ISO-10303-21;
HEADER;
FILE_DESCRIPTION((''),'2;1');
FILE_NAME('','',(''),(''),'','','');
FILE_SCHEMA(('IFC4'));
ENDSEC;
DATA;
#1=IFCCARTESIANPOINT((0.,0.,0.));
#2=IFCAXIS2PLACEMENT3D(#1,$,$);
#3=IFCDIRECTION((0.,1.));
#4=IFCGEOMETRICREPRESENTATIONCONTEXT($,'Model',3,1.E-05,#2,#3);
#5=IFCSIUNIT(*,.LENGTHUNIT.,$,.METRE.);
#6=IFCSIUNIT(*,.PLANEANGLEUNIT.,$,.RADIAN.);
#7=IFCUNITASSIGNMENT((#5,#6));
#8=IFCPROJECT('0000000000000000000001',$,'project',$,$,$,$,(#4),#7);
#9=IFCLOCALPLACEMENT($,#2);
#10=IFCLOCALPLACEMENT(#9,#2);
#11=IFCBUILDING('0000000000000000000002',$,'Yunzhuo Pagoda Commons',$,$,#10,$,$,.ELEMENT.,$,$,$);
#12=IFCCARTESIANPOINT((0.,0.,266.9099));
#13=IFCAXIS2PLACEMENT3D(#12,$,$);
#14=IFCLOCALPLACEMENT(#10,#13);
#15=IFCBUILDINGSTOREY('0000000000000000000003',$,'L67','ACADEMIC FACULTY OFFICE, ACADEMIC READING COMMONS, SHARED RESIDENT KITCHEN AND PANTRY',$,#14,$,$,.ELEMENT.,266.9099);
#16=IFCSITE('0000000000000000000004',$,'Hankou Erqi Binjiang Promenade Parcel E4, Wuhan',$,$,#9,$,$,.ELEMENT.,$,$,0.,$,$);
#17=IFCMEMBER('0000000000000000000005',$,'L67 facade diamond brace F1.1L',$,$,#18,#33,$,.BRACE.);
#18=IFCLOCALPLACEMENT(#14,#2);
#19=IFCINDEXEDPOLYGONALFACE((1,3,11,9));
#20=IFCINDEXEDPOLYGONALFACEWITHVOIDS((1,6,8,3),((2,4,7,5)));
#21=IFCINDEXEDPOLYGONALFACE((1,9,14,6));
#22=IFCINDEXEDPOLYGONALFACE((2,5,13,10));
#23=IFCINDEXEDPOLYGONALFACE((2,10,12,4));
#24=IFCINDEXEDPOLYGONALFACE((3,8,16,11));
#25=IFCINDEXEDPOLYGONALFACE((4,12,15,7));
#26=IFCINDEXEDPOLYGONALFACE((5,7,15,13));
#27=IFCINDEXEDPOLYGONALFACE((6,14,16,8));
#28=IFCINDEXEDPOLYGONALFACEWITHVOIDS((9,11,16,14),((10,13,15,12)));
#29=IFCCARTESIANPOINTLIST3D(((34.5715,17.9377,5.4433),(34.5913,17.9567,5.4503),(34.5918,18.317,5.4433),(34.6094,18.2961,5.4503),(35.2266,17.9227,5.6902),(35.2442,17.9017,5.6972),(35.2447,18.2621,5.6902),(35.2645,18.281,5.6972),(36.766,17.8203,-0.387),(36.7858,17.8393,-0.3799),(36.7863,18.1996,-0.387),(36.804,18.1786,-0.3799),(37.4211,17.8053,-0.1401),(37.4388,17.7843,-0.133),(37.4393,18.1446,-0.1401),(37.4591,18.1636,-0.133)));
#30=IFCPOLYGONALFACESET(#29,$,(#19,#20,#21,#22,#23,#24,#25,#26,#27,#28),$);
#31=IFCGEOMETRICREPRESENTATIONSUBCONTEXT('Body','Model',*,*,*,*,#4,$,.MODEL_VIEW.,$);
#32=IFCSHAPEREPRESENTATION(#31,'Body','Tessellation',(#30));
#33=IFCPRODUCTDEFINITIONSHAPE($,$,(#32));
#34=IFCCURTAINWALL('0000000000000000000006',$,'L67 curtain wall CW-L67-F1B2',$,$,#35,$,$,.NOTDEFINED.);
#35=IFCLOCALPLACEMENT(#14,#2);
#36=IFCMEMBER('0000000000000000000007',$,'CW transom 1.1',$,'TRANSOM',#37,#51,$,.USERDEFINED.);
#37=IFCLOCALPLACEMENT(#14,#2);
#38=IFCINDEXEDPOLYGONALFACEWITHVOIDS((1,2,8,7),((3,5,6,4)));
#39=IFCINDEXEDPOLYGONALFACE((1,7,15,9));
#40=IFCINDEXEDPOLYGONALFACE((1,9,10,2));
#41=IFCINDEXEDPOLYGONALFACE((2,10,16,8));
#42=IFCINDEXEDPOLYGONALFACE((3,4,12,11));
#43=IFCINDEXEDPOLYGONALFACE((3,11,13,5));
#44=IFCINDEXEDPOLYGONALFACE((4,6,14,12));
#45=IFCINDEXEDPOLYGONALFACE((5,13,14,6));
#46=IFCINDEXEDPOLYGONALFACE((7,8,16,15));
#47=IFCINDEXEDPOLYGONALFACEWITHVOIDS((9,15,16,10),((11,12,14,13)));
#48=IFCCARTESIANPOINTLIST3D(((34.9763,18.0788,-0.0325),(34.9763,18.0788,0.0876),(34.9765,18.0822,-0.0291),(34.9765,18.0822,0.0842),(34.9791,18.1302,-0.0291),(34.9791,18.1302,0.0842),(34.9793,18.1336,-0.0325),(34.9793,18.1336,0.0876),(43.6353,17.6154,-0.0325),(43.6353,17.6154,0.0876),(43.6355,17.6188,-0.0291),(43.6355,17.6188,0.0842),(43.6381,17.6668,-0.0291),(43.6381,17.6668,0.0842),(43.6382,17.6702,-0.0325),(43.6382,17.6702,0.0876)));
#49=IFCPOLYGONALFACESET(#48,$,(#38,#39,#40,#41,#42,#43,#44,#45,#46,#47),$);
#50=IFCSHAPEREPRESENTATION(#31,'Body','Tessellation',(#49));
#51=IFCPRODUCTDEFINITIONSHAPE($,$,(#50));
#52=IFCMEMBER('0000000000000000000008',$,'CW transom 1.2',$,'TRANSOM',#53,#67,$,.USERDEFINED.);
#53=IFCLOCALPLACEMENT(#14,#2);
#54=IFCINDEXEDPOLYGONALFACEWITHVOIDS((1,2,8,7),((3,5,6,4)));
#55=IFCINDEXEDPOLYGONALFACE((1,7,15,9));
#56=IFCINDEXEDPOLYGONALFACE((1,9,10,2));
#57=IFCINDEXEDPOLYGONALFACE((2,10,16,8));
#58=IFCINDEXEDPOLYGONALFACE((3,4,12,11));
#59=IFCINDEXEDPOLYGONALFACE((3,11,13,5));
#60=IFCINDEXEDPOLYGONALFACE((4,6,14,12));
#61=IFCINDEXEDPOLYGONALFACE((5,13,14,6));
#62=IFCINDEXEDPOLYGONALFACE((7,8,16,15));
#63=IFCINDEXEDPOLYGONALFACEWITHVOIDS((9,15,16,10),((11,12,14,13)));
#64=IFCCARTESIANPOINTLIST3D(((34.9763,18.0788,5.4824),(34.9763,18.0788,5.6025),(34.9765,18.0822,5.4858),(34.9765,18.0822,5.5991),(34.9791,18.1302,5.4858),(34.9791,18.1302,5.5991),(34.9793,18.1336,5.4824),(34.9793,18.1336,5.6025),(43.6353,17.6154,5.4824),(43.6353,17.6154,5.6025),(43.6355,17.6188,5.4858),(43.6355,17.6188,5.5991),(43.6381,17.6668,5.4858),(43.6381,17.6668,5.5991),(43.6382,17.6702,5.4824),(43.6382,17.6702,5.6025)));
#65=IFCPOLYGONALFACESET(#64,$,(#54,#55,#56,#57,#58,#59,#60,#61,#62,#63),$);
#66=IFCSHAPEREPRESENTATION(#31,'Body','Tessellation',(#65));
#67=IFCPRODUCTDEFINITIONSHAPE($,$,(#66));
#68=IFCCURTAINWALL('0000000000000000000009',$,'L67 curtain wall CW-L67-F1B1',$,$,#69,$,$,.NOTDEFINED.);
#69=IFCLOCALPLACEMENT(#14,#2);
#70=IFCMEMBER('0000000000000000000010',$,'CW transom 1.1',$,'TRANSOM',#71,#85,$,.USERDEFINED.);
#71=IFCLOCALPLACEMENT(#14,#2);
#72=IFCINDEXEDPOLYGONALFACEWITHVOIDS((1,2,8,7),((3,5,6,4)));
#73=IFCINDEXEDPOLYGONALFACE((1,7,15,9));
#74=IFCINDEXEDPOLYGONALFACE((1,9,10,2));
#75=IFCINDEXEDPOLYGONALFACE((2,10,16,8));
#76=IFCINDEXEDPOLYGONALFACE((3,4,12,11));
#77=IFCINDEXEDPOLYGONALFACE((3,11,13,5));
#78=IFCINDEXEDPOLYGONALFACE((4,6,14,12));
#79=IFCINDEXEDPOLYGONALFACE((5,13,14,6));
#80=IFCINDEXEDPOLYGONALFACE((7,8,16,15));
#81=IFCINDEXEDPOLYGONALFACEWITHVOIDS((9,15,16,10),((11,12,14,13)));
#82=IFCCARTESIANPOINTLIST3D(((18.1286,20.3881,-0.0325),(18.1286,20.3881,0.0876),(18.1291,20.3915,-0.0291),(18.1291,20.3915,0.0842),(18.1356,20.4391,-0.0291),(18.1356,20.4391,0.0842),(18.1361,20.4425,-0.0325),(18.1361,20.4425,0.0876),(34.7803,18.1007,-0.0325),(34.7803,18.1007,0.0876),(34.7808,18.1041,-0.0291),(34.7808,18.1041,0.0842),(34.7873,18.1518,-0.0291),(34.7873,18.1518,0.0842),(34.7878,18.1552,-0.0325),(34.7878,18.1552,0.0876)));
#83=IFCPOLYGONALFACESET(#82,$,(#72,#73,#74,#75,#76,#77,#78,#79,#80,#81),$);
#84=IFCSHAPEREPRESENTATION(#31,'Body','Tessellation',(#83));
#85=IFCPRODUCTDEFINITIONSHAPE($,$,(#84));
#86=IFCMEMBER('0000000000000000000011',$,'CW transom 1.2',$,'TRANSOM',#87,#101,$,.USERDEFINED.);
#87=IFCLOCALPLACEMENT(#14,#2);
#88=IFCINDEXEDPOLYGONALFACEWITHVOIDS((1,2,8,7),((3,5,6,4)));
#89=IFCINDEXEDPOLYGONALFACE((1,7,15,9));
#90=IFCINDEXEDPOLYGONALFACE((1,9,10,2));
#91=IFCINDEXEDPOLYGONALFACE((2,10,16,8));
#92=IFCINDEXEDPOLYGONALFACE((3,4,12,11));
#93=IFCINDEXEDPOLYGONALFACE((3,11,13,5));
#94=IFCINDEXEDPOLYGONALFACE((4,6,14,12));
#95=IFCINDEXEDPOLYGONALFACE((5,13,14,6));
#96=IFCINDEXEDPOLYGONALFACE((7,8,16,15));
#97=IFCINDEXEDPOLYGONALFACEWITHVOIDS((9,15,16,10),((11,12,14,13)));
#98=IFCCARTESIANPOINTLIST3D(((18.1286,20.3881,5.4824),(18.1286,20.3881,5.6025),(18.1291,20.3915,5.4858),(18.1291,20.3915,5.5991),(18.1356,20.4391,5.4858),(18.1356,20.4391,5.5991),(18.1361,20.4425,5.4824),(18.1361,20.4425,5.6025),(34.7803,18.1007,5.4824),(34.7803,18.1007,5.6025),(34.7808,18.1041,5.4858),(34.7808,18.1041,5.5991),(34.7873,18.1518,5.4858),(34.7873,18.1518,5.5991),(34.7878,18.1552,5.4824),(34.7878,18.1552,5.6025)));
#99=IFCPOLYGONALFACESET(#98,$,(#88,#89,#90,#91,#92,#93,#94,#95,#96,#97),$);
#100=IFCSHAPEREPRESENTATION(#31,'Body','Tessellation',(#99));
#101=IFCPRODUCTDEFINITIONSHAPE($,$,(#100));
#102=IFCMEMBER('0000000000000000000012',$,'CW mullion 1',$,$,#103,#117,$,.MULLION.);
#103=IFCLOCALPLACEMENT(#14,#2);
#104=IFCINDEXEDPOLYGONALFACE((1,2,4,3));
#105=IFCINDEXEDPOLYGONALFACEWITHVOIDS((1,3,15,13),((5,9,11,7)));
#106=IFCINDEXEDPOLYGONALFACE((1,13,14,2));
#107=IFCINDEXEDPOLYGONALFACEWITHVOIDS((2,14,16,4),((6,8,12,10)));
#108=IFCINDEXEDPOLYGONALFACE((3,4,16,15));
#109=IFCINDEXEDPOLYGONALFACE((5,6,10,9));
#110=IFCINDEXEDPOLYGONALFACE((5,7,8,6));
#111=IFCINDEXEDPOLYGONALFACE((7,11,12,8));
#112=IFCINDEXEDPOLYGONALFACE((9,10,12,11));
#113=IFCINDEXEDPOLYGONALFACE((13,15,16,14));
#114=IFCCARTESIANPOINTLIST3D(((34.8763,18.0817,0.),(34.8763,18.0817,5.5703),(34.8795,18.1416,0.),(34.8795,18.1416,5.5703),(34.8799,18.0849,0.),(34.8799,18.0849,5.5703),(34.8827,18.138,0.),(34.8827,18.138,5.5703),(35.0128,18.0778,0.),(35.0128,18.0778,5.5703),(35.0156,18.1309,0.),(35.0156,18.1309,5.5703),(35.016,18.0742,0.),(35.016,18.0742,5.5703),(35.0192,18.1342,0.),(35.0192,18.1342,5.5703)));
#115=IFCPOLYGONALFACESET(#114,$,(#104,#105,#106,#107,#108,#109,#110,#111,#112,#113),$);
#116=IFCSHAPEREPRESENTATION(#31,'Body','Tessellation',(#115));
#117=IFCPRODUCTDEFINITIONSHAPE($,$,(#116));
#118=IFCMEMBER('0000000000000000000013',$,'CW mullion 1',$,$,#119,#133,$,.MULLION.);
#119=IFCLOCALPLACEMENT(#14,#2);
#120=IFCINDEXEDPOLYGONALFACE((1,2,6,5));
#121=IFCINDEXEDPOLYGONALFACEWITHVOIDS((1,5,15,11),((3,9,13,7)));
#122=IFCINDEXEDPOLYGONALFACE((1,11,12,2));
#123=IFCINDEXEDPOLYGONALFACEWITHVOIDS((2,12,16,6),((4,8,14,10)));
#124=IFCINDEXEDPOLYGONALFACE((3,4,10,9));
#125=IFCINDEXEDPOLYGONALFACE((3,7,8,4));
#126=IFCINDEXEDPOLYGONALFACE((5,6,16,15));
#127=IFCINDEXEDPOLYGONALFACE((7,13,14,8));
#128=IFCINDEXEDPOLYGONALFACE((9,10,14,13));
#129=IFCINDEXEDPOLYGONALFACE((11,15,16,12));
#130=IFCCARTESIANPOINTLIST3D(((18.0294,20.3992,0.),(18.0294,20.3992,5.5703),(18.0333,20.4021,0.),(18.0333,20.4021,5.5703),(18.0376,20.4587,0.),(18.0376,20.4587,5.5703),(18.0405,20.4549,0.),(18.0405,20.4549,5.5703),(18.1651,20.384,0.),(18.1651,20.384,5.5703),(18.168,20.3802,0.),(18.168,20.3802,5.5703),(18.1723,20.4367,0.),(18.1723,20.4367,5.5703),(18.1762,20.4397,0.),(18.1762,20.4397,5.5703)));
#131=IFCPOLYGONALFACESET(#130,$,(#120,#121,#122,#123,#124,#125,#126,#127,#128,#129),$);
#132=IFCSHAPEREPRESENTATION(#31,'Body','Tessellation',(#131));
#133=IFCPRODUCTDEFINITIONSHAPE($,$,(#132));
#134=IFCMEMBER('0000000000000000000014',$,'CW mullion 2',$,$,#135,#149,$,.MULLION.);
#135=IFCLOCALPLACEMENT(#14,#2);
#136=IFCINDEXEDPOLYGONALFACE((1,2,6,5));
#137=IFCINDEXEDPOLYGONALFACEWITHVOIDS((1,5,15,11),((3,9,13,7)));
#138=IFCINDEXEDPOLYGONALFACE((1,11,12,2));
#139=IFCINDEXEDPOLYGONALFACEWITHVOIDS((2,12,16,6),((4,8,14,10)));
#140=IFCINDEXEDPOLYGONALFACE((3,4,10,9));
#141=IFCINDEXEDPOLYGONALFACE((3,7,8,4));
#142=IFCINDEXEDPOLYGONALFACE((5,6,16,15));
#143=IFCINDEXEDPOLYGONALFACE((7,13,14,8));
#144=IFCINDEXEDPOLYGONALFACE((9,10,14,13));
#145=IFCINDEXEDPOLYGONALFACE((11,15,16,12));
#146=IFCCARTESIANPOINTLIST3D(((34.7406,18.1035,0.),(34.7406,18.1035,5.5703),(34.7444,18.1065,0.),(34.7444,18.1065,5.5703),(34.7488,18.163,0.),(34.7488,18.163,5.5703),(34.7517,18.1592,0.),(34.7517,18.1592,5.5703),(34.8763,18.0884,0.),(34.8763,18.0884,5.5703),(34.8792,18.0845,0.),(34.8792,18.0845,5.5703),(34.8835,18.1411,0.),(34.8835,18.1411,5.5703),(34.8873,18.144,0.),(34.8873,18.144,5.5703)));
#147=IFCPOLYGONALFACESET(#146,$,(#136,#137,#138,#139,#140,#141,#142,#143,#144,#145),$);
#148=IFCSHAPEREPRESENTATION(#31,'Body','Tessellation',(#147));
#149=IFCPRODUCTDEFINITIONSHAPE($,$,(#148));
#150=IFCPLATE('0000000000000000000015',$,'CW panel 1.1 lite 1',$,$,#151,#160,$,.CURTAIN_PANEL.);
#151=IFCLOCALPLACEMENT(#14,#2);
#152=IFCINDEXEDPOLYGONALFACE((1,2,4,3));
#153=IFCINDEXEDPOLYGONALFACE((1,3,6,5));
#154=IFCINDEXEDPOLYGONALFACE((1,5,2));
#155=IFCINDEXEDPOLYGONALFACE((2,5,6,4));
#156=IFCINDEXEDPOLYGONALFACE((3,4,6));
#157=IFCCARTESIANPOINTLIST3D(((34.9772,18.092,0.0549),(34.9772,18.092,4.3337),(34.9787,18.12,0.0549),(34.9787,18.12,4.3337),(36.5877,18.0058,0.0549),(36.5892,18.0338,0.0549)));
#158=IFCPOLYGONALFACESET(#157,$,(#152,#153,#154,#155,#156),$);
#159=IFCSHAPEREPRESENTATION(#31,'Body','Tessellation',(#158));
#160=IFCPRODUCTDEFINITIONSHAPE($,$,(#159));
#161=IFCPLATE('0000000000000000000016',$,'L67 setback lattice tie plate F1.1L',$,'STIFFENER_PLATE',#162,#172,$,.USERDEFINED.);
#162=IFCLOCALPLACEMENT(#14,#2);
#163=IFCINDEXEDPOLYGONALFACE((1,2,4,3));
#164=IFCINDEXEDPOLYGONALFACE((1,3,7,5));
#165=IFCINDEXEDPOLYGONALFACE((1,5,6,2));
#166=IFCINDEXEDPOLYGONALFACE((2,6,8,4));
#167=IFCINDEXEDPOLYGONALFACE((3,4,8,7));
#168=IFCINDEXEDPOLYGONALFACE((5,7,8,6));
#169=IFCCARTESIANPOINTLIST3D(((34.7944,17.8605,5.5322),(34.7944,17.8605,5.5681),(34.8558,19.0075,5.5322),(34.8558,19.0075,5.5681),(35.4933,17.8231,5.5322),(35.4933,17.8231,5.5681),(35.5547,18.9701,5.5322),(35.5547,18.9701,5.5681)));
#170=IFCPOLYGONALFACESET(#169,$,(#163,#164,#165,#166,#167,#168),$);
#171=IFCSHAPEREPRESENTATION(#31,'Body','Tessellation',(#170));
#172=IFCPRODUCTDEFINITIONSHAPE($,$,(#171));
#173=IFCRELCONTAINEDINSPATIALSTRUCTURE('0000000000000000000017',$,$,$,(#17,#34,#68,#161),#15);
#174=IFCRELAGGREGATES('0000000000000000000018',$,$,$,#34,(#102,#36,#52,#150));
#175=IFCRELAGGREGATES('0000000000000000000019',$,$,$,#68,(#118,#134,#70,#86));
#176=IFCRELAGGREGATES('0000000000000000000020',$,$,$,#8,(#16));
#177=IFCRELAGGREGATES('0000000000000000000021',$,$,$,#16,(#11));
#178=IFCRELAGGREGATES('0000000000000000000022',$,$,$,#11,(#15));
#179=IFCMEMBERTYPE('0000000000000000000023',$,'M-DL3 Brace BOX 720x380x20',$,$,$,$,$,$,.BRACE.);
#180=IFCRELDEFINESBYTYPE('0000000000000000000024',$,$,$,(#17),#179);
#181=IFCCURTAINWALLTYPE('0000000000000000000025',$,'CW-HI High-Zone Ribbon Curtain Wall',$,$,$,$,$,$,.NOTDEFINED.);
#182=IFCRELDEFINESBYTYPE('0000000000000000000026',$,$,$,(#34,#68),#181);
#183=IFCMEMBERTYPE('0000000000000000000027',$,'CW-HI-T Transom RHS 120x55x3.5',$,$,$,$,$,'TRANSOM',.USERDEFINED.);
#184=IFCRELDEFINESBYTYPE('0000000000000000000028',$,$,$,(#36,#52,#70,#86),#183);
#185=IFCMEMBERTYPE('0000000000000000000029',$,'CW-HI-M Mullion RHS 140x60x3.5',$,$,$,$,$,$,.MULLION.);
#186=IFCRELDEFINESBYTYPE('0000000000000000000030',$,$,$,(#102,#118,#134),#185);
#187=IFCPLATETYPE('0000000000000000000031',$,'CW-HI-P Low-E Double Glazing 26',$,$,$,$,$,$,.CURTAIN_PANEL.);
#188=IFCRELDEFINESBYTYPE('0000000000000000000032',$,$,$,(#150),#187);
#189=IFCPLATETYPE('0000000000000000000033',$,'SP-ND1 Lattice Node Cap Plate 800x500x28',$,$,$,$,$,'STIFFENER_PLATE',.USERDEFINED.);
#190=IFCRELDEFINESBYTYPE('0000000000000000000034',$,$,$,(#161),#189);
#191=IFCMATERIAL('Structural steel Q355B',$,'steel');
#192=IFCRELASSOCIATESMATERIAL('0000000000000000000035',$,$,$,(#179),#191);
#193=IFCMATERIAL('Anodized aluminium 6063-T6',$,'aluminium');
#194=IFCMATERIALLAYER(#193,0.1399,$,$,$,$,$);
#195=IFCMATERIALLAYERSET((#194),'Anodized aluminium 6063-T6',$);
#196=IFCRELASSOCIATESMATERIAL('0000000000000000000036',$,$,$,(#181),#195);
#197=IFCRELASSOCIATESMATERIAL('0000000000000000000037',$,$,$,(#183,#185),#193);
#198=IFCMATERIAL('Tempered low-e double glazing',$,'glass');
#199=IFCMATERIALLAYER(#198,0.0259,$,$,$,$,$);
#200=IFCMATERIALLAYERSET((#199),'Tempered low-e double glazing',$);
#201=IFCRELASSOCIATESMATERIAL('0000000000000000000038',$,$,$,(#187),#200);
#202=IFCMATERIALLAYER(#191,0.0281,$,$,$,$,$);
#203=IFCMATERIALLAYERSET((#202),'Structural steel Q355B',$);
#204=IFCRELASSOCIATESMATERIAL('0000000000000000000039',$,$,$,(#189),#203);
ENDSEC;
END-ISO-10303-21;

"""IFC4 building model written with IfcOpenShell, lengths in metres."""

from ifc_helpers import new_model, si_unit, direction, frame, origin, origin_2d, place, context, subcontext, project, spatial, polyline, rectangle, hollow_rectangle, outline, extrude, source, transform, mapped, material, layer, layer_set, material_profile, profile_set, type_object, element, aggregate, save


model = new_model("IFC4")

# Units and contexts
model_context = context("Model", 3, precision=1e-05, world=origin(), true_north=direction((0.0, 1.0)))
body_context = subcontext(model_context, "Body", "Model", "MODEL_VIEW")
ifc_project = project(units=[si_unit("LENGTHUNIT", "METRE"), si_unit("PLANEANGLEUNIT", "RADIAN")], contexts=[model_context])

# Site, building, storey
site_placement = place(None, origin())
site = spatial("IfcSite", under=ifc_project, at=site_placement, Name="Hankou Erqi Binjiang Promenade Parcel E4, Wuhan", CompositionType="ELEMENT", RefElevation=0.0)
building_placement = place(site_placement, origin())
building = spatial("IfcBuilding", under=site, at=building_placement, Name="Yunzhuo Pagoda Commons", CompositionType="ELEMENT")
storey_placement = place(building_placement, frame((0.0, 0.0, 266.9099)))
storey = spatial("IfcBuildingStorey", under=building, at=storey_placement, Name="L67", Description="ACADEMIC FACULTY OFFICE, ACADEMIC READING COMMONS, SHARED RESIDENT KITCHEN AND PANTRY", CompositionType="ELEMENT", Elevation=266.9099)

# Shared definitions
ifc_material_1 = material(Name="Structural steel Q355B", Category="steel")

# Member
ifc_material_profile_1 = material_profile(ifc_material_1, hollow_rectangle(XDim=0.3799, YDim=0.72, WallThickness=0.02, at=origin_2d()), Name="Structural steel Q355B")
ifc_profile_set_1 = profile_set([ifc_material_profile_1], Name="Structural steel Q355B")
member_type_1 = type_object("IfcMemberType", Name="M-DL3 Brace BOX 720x380x20", PredefinedType="BRACE", material=ifc_profile_set_1)
shared_shape_1 = source(origin(), body_context, "Body", "SweptSolid", [
    extrude(hollow_rectangle(XDim=0.3799, YDim=0.72, WallThickness=0.02, at=origin_2d()), origin(), (0.0, 0.0, 1.0), 6.2307),
])
member_1_placement = place(storey_placement, frame((37.1125, 17.9919, -0.26), z_axis=(-0.352216, 0.018847, 0.935729), x_axis=(-0.053433, -0.998571, 0.0)))
element("IfcMember", 1, at=member_1_placement, inside=storey, type_object=member_type_1, Name="L67 facade diamond brace F1.1L", PredefinedType="BRACE", context=body_context, shape_type="MappedRepresentation", body=[
    mapped(shared_shape_1, transform((0.0, 0.0, 0.0), scale=1.0)),
])

# Curtain walls, members
ifc_material_2 = material(Name="Anodized aluminium 6063-T6", Category="aluminium")
ifc_layer_1 = layer(ifc_material_2, 0.1399)
ifc_layer_set_1 = layer_set([ifc_layer_1], Name="Anodized aluminium 6063-T6")
curtain_wall_type = type_object("IfcCurtainWallType", Name="CW-HI High-Zone Ribbon Curtain Wall", PredefinedType="NOTDEFINED", material=ifc_layer_set_1)
curtain_wall_1_placement = place(storey_placement, origin())
curtain_wall_1 = element("IfcCurtainWall", 2, at=curtain_wall_1_placement, inside=storey, type_object=curtain_wall_type, Name="L67 curtain wall CW-L67-F1B2", PredefinedType="NOTDEFINED")
ifc_material_profile_2 = material_profile(ifc_material_2, hollow_rectangle(XDim=0.0549, YDim=0.1201, WallThickness=0.0034, at=origin_2d()), Name="Anodized aluminium 6063-T6")
ifc_profile_set_2 = profile_set([ifc_material_profile_2], Name="Anodized aluminium 6063-T6")
member_type_2 = type_object("IfcMemberType", Name="CW-HI-T Transom RHS 120x55x3.5", ElementType="TRANSOM", PredefinedType="USERDEFINED", material=ifc_profile_set_2)
shared_shape_2 = source(origin(), body_context, "Body", "SweptSolid", [
    extrude(hollow_rectangle(XDim=0.0549, YDim=0.1201, WallThickness=0.0034, at=origin_2d()), origin(), (0.0, 0.0, 1.0), 8.6714),
])
member_2_placement = place(storey_placement, frame((34.9778, 18.1062, 0.0276), z_axis=(0.998571, -0.053438, 0.0), x_axis=(0.053438, 0.998571, 0.0)))
member_2 = element("IfcMember", 3, at=member_2_placement, type_object=member_type_2, Name="CW transom 1.1", ObjectType="TRANSOM", PredefinedType="USERDEFINED", context=body_context, shape_type="MappedRepresentation", body=[
    mapped(shared_shape_2, transform((0.0, 0.0, 0.0), scale=1.0)),
])
member_3_placement = place(storey_placement, frame((34.9778, 18.1062, 5.5425), z_axis=(0.998571, -0.053438, 0.0), x_axis=(0.053438, 0.998571, 0.0)))
member_3 = element("IfcMember", 4, at=member_3_placement, type_object=member_type_2, Name="CW transom 1.2", ObjectType="TRANSOM", PredefinedType="USERDEFINED", context=body_context, shape_type="MappedRepresentation", body=[
    mapped(shared_shape_2, transform((0.0, 0.0, 0.0), scale=1.0)),
])
curtain_wall_2_placement = place(storey_placement, origin())
curtain_wall_2 = element("IfcCurtainWall", 5, at=curtain_wall_2_placement, inside=storey, type_object=curtain_wall_type, Name="L67 curtain wall CW-L67-F1B1", PredefinedType="NOTDEFINED")
shared_shape_3 = source(origin(), body_context, "Body", "SweptSolid", [
    extrude(hollow_rectangle(XDim=0.0549, YDim=0.1201, WallThickness=0.0034, at=origin_2d()), origin(), (0.0, 0.0, 1.0), 16.8081),
])
member_4_placement = place(storey_placement, frame((18.1323, 20.4153, 0.0276), z_axis=(0.990697, -0.136085, 0.0), x_axis=(0.136085, 0.990697, 0.0)))
member_4 = element("IfcMember", 6, at=member_4_placement, type_object=member_type_2, Name="CW transom 1.1", ObjectType="TRANSOM", PredefinedType="USERDEFINED", context=body_context, shape_type="MappedRepresentation", body=[
    mapped(shared_shape_3, transform((0.0, 0.0, 0.0), scale=1.0)),
])
member_5_placement = place(storey_placement, frame((18.1323, 20.4153, 5.5425), z_axis=(0.990697, -0.136085, 0.0), x_axis=(0.136085, 0.990697, 0.0)))
member_5 = element("IfcMember", 7, at=member_5_placement, type_object=member_type_2, Name="CW transom 1.2", ObjectType="TRANSOM", PredefinedType="USERDEFINED", context=body_context, shape_type="MappedRepresentation", body=[
    mapped(shared_shape_3, transform((0.0, 0.0, 0.0), scale=1.0)),
])

# Members
ifc_material_profile_3 = material_profile(ifc_material_2, hollow_rectangle(XDim=0.0601, YDim=0.1399, WallThickness=0.0034, at=origin_2d()), Name="Anodized aluminium 6063-T6")
ifc_profile_set_3 = profile_set([ifc_material_profile_3], Name="Anodized aluminium 6063-T6")
member_type_3 = type_object("IfcMemberType", Name="CW-HI-M Mullion RHS 140x60x3.5", PredefinedType="MULLION", material=ifc_profile_set_3)
shared_shape_4 = source(origin(), body_context, "Body", "SweptSolid", [
    extrude(hollow_rectangle(XDim=0.0601, YDim=0.1399, WallThickness=0.0034, at=origin_2d()), origin(), (0.0, 0.0, 1.0), 5.5703),
])
member_6_placement = place(storey_placement, frame((34.9478, 18.1079, 0.0), z_axis=(0.0, 0.0, 1.0), x_axis=(0.053427, 0.998572, 0.0)))
member_6 = element("IfcMember", 8, at=member_6_placement, type_object=member_type_3, Name="CW mullion 1", PredefinedType="MULLION", context=body_context, shape_type="MappedRepresentation", body=[
    mapped(shared_shape_4, transform((0.0, 0.0, 0.0), scale=1.0)),
])
member_7_placement = place(storey_placement, frame((18.1028, 20.4194, 0.0), z_axis=(0.0, 0.0, 1.0), x_axis=(0.136099, 0.990695, 0.0)))
member_7 = element("IfcMember", 9, at=member_7_placement, type_object=member_type_3, Name="CW mullion 1", PredefinedType="MULLION", context=body_context, shape_type="MappedRepresentation", body=[
    mapped(shared_shape_4, transform((0.0, 0.0, 0.0), scale=1.0)),
])
member_8_placement = place(storey_placement, frame((34.814, 18.1238, 0.0), z_axis=(0.0, 0.0, 1.0), x_axis=(0.136099, 0.990695, 0.0)))
member_8 = element("IfcMember", 10, at=member_8_placement, type_object=member_type_3, Name="CW mullion 2", PredefinedType="MULLION", context=body_context, shape_type="MappedRepresentation", body=[
    mapped(shared_shape_4, transform((0.0, 0.0, 0.0), scale=1.0)),
])

# Plates
ifc_material_3 = material(Name="Tempered low-e double glazing", Category="glass")
ifc_layer_2 = layer(ifc_material_3, 0.0259)
ifc_layer_set_2 = layer_set([ifc_layer_2], Name="Tempered low-e double glazing")
plate_type_1 = type_object("IfcPlateType", Name="CW-HI-P Low-E Double Glazing 26", PredefinedType="CURTAIN_PANEL", material=ifc_layer_set_2)
plate_1_placement = place(storey_placement, frame((35.7839, 18.0769, 2.1943), z_axis=(-0.053427, -0.998572, 0.0), x_axis=(0.998572, -0.053427, 0.0)))
plate_1 = element("IfcPlate", 11, at=plate_1_placement, type_object=plate_type_1, Name="CW panel 1.1 lite 1", PredefinedType="CURTAIN_PANEL", context=body_context, shape_type="SweptSolid", body=[
    extrude(outline(polyline([(-0.8064, -2.1394), (0.8064, -2.1394), (-0.8064, 2.1394), (-0.8064, -2.1394)])), origin(), (0.0, 0.0, 1.0), 0.0281),
])
aggregate(curtain_wall_1, [member_6, member_2, member_3, plate_1])
ifc_layer_3 = layer(ifc_material_1, 0.0281)
ifc_layer_set_3 = layer_set([ifc_layer_3], Name="Structural steel Q355B")
plate_type_2 = type_object("IfcPlateType", Name="SP-ND1 Lattice Node Cap Plate 800x500x28", ElementType="STIFFENER_PLATE", PredefinedType="USERDEFINED", material=ifc_layer_set_3)
shared_shape_5 = source(origin(), body_context, "Body", "SweptSolid", [
    extrude(rectangle(XDim=0.7, YDim=1.1487, at=origin_2d()), origin(), (0.0, 0.0, 1.0), 0.0359),
])
plate_2_placement = place(storey_placement, frame((35.1746, 18.4153, 5.5322), z_axis=(0.0, 0.0, 1.0), x_axis=(0.998571, -0.053434, 0.0)))
element("IfcPlate", 12, at=plate_2_placement, inside=storey, type_object=plate_type_2, Name="L67 setback lattice tie plate F1.1L", ObjectType="STIFFENER_PLATE", PredefinedType="USERDEFINED", context=body_context, shape_type="MappedRepresentation", body=[
    mapped(shared_shape_5, transform((0.0, 0.0, 0.0), scale=1.0)),
])
aggregate(curtain_wall_2, [member_7, member_8, member_4, member_5])

save(model, "model.ifc")
